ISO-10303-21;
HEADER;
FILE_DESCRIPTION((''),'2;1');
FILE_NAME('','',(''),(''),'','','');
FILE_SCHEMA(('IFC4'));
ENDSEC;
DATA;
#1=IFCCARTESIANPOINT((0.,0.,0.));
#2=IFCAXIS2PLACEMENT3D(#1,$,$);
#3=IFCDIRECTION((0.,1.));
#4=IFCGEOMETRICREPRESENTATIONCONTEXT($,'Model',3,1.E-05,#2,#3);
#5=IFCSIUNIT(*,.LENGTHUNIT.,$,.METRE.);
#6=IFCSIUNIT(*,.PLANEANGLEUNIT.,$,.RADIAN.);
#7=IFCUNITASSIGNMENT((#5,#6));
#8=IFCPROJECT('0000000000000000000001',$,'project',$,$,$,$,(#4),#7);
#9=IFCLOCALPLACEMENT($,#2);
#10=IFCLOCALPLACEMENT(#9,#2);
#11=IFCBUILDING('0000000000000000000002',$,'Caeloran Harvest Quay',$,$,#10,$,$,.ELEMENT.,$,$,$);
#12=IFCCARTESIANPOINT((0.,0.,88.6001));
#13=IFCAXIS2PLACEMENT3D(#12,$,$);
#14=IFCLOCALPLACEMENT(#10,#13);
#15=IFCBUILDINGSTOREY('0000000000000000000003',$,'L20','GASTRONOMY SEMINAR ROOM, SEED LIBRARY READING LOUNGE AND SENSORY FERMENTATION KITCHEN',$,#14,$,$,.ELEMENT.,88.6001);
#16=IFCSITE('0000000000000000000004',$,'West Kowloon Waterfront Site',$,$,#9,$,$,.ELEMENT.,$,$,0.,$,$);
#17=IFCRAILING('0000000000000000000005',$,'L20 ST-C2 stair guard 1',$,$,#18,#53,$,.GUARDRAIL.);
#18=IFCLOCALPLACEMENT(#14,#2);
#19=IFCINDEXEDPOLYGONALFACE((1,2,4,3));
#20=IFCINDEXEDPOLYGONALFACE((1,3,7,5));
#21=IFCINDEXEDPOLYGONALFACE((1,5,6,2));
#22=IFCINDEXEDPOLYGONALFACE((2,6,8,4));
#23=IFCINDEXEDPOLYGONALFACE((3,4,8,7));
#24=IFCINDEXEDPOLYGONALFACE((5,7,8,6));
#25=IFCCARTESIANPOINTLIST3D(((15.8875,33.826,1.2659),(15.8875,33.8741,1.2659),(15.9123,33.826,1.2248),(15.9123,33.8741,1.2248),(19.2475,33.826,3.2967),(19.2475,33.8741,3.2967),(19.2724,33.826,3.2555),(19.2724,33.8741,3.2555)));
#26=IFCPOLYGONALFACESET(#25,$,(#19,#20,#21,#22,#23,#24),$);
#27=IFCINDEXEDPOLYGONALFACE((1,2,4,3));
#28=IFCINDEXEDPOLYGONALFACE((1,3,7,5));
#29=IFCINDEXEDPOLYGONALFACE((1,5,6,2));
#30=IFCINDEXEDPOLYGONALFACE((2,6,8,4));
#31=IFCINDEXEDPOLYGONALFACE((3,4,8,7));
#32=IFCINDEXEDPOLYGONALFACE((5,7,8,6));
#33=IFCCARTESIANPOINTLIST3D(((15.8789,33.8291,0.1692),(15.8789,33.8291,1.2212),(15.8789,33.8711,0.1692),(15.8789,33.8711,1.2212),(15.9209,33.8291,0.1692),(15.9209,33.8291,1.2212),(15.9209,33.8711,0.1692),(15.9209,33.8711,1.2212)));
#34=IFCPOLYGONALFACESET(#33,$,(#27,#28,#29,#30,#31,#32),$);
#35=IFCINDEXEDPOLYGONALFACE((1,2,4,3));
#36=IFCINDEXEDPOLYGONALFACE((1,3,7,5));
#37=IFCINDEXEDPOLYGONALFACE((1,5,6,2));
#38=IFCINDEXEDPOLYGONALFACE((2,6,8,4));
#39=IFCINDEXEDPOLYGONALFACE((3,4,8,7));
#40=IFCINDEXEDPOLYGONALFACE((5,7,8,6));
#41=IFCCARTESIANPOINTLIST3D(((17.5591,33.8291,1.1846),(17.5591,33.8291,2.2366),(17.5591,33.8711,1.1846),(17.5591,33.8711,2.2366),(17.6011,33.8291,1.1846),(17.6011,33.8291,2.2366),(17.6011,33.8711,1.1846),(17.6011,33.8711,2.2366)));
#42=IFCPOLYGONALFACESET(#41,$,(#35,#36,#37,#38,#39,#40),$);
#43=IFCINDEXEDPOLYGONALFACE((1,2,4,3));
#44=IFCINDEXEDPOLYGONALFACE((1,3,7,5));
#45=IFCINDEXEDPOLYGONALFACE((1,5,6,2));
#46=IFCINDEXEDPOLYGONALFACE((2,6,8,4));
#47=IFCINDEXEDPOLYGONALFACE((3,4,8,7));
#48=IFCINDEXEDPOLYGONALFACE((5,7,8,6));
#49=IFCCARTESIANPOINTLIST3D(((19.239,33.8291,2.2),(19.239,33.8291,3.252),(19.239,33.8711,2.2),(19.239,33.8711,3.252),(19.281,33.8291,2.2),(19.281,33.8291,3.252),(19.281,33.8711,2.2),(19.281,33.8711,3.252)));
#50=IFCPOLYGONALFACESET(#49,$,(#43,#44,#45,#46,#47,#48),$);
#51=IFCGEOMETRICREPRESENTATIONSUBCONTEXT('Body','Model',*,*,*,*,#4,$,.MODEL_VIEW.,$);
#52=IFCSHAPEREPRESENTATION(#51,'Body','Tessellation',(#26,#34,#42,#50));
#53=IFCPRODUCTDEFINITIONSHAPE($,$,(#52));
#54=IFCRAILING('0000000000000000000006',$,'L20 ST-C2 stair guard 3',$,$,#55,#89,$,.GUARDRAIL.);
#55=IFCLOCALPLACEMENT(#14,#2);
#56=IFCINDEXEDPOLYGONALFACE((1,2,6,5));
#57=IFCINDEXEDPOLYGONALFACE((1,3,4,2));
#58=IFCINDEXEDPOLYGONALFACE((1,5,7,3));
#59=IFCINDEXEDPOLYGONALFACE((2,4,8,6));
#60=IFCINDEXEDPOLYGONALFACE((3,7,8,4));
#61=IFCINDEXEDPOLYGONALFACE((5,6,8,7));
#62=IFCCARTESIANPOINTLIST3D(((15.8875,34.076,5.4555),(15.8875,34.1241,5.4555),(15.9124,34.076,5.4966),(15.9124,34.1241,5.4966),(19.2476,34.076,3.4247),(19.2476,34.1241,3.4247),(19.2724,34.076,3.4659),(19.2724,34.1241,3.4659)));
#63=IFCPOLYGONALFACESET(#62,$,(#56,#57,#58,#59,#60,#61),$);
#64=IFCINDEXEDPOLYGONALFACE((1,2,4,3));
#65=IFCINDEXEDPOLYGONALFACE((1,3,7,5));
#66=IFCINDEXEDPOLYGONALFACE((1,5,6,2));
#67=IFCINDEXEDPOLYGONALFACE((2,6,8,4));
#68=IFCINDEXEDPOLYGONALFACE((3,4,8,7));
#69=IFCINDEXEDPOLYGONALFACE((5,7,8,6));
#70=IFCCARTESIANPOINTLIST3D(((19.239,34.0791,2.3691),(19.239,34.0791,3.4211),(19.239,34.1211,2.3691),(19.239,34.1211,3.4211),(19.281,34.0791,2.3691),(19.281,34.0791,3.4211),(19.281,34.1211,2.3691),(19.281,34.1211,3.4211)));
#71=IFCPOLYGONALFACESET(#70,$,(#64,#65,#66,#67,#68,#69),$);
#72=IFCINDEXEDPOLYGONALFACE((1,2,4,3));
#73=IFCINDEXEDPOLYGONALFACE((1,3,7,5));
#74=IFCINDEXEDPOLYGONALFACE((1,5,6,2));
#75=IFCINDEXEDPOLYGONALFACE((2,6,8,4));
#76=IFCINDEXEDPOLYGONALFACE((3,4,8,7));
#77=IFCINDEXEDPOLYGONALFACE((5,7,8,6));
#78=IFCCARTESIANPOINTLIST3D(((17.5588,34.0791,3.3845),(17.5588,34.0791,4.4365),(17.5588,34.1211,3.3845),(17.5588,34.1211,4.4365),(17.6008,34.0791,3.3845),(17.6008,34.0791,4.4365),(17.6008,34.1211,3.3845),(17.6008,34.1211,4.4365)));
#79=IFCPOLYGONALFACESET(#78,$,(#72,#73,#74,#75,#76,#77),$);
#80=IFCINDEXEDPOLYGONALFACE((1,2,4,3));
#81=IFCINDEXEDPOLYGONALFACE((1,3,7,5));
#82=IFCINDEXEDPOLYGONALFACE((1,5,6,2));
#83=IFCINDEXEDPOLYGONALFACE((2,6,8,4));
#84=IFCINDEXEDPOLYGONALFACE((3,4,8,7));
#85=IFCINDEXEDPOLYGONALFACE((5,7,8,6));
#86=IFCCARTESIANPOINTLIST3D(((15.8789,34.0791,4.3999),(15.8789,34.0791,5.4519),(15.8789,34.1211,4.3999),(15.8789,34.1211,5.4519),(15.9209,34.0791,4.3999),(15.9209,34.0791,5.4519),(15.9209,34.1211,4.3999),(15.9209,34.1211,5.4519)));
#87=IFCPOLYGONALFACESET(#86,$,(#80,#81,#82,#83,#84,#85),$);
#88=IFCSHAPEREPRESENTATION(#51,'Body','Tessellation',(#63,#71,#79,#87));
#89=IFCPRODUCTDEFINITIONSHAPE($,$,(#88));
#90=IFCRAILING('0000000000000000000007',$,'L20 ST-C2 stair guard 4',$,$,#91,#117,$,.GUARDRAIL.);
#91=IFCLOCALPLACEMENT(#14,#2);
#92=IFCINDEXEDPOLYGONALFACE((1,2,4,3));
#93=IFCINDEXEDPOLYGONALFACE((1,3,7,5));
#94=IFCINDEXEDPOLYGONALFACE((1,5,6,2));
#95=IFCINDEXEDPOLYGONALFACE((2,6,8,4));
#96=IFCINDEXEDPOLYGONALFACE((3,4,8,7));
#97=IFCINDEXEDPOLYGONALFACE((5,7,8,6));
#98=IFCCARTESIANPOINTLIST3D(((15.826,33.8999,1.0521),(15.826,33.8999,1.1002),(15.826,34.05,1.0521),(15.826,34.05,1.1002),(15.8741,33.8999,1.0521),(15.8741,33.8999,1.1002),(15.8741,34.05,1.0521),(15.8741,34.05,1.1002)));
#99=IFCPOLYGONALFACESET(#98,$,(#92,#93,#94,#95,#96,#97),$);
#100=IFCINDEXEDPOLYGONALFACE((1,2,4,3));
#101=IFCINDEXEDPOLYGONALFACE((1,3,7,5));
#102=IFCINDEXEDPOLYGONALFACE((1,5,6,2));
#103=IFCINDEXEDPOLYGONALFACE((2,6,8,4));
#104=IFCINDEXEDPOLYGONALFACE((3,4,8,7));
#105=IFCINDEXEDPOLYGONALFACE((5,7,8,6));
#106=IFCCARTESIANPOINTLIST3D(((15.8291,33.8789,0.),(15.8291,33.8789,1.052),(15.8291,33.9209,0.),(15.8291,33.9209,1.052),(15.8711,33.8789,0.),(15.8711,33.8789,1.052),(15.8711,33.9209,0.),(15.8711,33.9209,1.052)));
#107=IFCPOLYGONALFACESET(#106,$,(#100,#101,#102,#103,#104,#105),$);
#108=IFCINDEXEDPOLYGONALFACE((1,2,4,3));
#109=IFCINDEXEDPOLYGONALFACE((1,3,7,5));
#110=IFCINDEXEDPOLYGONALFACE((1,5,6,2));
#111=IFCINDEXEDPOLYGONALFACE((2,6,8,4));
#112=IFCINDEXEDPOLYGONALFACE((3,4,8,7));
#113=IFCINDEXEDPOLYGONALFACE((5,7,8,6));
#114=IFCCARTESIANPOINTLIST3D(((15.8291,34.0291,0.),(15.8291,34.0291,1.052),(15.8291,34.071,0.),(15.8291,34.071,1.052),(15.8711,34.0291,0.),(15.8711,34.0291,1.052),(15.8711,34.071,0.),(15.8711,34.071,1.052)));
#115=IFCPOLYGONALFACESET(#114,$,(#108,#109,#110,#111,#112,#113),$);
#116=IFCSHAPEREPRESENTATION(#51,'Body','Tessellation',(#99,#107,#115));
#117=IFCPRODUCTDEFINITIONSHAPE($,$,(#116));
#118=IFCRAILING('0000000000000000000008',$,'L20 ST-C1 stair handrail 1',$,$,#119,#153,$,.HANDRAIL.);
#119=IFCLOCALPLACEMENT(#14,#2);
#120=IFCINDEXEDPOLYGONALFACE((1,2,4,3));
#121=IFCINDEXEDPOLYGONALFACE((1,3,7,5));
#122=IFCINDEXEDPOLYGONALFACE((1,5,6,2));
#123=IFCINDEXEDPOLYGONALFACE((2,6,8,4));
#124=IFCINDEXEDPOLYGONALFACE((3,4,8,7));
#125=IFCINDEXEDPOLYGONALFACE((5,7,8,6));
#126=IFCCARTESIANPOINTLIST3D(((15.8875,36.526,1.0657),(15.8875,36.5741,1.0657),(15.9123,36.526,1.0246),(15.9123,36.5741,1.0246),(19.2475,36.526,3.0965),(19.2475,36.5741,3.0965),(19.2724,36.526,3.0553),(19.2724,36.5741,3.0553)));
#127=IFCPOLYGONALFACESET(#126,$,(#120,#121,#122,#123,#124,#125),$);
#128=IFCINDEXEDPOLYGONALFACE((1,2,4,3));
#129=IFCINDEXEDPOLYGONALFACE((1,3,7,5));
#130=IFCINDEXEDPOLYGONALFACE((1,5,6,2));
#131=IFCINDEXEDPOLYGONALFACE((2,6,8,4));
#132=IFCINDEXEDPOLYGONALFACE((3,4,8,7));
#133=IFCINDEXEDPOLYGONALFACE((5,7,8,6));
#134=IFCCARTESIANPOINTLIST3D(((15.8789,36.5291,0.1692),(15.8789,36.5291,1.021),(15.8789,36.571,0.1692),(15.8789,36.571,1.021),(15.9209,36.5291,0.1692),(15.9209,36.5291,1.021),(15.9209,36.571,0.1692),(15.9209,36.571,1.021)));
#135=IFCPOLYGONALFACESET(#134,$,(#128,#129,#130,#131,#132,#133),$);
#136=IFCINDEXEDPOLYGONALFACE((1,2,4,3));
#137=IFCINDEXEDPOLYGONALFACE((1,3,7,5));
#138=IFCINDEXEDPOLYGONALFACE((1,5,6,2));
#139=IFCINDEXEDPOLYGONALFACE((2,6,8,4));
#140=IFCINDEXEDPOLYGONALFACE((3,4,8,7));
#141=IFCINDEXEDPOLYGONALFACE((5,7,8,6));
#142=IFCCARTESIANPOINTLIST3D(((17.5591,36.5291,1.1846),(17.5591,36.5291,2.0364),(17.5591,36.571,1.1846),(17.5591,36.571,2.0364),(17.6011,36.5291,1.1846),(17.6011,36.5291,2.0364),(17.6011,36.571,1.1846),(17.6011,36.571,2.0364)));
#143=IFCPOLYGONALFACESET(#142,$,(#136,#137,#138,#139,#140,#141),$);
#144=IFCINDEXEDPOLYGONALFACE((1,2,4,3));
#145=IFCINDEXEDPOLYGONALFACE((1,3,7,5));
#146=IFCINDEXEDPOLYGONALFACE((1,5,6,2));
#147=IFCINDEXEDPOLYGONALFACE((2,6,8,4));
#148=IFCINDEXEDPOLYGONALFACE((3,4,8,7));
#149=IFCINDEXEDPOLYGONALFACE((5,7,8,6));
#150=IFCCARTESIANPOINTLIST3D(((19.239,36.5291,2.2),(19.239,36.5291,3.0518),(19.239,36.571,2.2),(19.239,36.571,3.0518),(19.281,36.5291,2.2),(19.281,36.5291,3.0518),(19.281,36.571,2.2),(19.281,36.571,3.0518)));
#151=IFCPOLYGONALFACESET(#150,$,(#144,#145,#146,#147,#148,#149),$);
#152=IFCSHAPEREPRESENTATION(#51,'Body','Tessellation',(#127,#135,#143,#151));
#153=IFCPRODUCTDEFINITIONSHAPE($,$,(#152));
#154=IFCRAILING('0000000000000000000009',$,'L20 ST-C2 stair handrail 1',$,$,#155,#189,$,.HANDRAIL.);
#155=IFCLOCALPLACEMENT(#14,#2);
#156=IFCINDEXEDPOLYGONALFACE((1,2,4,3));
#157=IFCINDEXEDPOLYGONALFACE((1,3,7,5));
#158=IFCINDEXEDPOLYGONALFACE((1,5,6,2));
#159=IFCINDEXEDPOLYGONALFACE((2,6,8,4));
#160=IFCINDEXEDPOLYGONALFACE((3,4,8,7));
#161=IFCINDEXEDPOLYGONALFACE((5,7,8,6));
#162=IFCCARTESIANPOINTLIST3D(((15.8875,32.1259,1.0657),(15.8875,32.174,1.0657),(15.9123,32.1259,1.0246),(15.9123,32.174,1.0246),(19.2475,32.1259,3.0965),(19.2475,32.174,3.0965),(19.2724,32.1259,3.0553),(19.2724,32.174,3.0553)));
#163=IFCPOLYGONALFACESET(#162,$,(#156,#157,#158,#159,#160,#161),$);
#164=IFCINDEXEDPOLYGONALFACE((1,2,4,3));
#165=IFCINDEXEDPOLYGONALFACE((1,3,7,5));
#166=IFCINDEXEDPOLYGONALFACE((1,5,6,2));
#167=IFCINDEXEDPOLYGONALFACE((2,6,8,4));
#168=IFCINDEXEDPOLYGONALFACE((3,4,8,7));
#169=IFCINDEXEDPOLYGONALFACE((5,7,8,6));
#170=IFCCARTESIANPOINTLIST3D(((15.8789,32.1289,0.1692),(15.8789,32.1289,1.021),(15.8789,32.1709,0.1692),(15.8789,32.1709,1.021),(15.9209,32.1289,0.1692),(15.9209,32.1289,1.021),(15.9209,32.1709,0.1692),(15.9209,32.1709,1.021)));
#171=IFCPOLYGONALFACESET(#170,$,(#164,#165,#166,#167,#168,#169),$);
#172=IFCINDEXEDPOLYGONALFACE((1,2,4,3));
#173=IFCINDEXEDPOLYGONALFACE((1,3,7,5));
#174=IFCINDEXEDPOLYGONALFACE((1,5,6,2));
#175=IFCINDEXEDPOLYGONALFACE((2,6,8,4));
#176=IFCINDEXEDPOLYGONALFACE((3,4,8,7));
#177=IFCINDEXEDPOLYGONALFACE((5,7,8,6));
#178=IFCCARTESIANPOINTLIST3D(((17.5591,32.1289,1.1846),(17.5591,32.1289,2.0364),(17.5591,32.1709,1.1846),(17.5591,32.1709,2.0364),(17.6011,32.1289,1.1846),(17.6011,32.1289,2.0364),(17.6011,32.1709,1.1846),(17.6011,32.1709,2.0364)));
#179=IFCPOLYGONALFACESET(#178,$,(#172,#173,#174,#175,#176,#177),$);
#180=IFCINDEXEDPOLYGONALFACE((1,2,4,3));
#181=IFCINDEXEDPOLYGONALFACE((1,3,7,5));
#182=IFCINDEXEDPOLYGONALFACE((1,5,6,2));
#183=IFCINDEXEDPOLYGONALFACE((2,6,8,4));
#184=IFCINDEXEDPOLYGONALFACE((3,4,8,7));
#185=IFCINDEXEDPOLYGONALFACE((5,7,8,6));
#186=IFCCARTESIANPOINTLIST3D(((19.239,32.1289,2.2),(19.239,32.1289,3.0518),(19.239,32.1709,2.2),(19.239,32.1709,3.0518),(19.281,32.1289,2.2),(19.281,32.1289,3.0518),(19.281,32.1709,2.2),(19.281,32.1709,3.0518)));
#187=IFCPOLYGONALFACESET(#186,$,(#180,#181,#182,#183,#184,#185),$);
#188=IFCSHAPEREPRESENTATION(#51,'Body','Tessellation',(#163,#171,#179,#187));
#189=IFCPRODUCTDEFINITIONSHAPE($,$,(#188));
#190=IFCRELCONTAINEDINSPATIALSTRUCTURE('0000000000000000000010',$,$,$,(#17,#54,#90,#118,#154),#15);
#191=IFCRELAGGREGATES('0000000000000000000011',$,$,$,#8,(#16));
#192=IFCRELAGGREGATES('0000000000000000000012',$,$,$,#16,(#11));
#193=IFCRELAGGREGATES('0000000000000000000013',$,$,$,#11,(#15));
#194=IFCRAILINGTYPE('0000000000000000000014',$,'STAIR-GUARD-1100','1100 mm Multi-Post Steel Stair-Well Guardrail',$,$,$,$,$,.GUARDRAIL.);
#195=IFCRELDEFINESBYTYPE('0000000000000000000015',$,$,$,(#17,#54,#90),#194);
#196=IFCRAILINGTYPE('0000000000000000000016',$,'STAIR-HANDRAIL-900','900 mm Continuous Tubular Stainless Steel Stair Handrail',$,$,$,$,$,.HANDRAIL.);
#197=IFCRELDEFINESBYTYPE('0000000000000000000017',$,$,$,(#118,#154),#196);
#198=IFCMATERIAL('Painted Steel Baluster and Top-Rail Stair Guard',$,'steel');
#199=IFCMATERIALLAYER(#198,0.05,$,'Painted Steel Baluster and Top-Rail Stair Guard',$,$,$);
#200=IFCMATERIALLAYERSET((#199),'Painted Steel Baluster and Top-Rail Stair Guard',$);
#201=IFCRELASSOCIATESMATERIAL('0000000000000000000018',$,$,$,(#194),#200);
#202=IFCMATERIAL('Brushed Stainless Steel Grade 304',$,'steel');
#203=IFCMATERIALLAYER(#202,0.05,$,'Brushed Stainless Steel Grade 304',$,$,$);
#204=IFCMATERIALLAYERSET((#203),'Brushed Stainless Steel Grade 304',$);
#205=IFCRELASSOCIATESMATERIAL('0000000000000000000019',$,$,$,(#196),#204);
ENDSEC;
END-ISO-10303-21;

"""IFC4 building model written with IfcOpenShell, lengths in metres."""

from ifc_helpers import new_model, si_unit, direction, frame, origin, origin_2d, place, context, subcontext, project, spatial, rectangle, extrude, material, layer, layer_set, type_object, element, save


model = new_model("IFC4")

# Units and contexts
model_context = context("Model", 3, precision=1e-05, world=origin(), true_north=direction((0.0, 1.0)))
body_context = subcontext(model_context, "Body", "Model", "MODEL_VIEW")
ifc_project = project(units=[si_unit("LENGTHUNIT", "METRE"), si_unit("PLANEANGLEUNIT", "RADIAN")], contexts=[model_context])

# Site, building, storey
site_placement = place(None, origin())
site = spatial("IfcSite", under=ifc_project, at=site_placement, Name="West Kowloon Waterfront Site", CompositionType="ELEMENT", RefElevation=0.0)
building_placement = place(site_placement, origin())
building = spatial("IfcBuilding", under=site, at=building_placement, Name="Caeloran Harvest Quay", CompositionType="ELEMENT")
storey_placement = place(building_placement, frame((0.0, 0.0, 88.6001)))
storey = spatial("IfcBuildingStorey", under=building, at=storey_placement, Name="L20", Description="GASTRONOMY SEMINAR ROOM, SEED LIBRARY READING LOUNGE AND SENSORY FERMENTATION KITCHEN", CompositionType="ELEMENT", Elevation=88.6001)

# Railings
ifc_material_1 = material(Name="Painted Steel Baluster and Top-Rail Stair Guard", Category="steel")
ifc_layer_1 = layer(ifc_material_1, 0.05, Name="Painted Steel Baluster and Top-Rail Stair Guard")
ifc_layer_set_1 = layer_set([ifc_layer_1], Name="Painted Steel Baluster and Top-Rail Stair Guard")
railing_type_1 = type_object("IfcRailingType", Name="STAIR-GUARD-1100", Description="1100 mm Multi-Post Steel Stair-Well Guardrail", PredefinedType="GUARDRAIL", material=ifc_layer_set_1)
railing_1_placement = place(storey_placement, frame((15.8999, 33.8501, 0.1692)))
element("IfcRailing", 1, at=railing_1_placement, inside=storey, type_object=railing_type_1, Name="L20 ST-C2 stair guard 1", PredefinedType="GUARDRAIL", context=body_context, shape_type="SweptSolid", body=[
    extrude(rectangle(XDim=0.0481, YDim=0.0481, at=origin_2d()), frame((0.0, 0.0, 1.0762), z_axis=(0.855837, 0.0, 0.517246), x_axis=(0.0, 1.0, 0.0)), (0.0, 0.0, 1.0), 3.926),
    extrude(rectangle(XDim=0.042, YDim=0.042, at=origin_2d()), origin(), (0.0, 0.0, 1.0), 1.052),
    extrude(rectangle(XDim=0.042, YDim=0.042, at=origin_2d()), frame((1.6802, 0.0, 1.0154)), (0.0, 0.0, 1.0), 1.052),
    extrude(rectangle(XDim=0.042, YDim=0.042, at=origin_2d()), frame((3.3601, 0.0, 2.0308)), (0.0, 0.0, 1.0), 1.052),
])
railing_2_placement = place(storey_placement, frame((19.26, 34.1001, 2.3691)))
element("IfcRailing", 2, at=railing_2_placement, inside=storey, type_object=railing_type_1, Name="L20 ST-C2 stair guard 3", PredefinedType="GUARDRAIL", context=body_context, shape_type="SweptSolid", body=[
    extrude(rectangle(XDim=0.0481, YDim=0.0481, at=origin_2d()), frame((0.0, 0.0, 1.0762), z_axis=(-0.855837, 0.0, 0.517246), x_axis=(0.0, -1.0, 0.0)), (0.0, 0.0, 1.0), 3.926),
    extrude(rectangle(XDim=0.042, YDim=0.042, at=origin_2d()), origin(), (0.0, 0.0, 1.0), 1.052),
    extrude(rectangle(XDim=0.042, YDim=0.042, at=origin_2d()), frame((-1.6802, 0.0, 1.0154)), (0.0, 0.0, 1.0), 1.052),
    extrude(rectangle(XDim=0.042, YDim=0.042, at=origin_2d()), frame((-3.3601, 0.0, 2.0308)), (0.0, 0.0, 1.0), 1.052),
])
railing_3_placement = place(storey_placement, frame((15.8501, 33.8999, 0.0)))
element("IfcRailing", 3, at=railing_3_placement, inside=storey, type_object=railing_type_1, Name="L20 ST-C2 stair guard 4", PredefinedType="GUARDRAIL", context=body_context, shape_type="SweptSolid", body=[
    extrude(rectangle(XDim=0.0481, YDim=0.0481, at=origin_2d()), frame((0.0, 0.0, 1.0762), z_axis=(0.0, 1.0, 0.0), x_axis=(-1.0, 0.0, 0.0)), (0.0, 0.0, 1.0), 0.1501),
    extrude(rectangle(XDim=0.042, YDim=0.042, at=origin_2d()), origin(), (0.0, 0.0, 1.0), 1.052),
    extrude(rectangle(XDim=0.042, YDim=0.042, at=origin_2d()), frame((0.0, 0.1501, 0.0)), (0.0, 0.0, 1.0), 1.052),
])
ifc_material_2 = material(Name="Brushed Stainless Steel Grade 304", Category="steel")
ifc_layer_2 = layer(ifc_material_2, 0.05, Name="Brushed Stainless Steel Grade 304")
ifc_layer_set_2 = layer_set([ifc_layer_2], Name="Brushed Stainless Steel Grade 304")
railing_type_2 = type_object("IfcRailingType", Name="STAIR-HANDRAIL-900", Description="900 mm Continuous Tubular Stainless Steel Stair Handrail", PredefinedType="HANDRAIL", material=ifc_layer_set_2)
for number, where, name in (
    (4, (15.8999, 36.55, 0.1692), "L20 ST-C1 stair handrail 1"),
    (5, (15.8999, 32.1499, 0.1692), "L20 ST-C2 stair handrail 1"),
):
    element("IfcRailing", number, at=place(storey_placement, frame(where)), inside=storey, type_object=railing_type_2, Name=name, PredefinedType="HANDRAIL", context=body_context, shape_type="SweptSolid", body=[
        extrude(rectangle(XDim=0.0481, YDim=0.0481, at=origin_2d()), frame((0.0, 0.0, 0.876), z_axis=(0.855837, 0.0, 0.517246), x_axis=(0.0, 1.0, 0.0)), (0.0, 0.0, 1.0), 3.926),
        extrude(rectangle(XDim=0.042, YDim=0.042, at=origin_2d()), origin(), (0.0, 0.0, 1.0), 0.8518),
        extrude(rectangle(XDim=0.042, YDim=0.042, at=origin_2d()), frame((1.6802, 0.0, 1.0154)), (0.0, 0.0, 1.0), 0.8518),
        extrude(rectangle(XDim=0.042, YDim=0.042, at=origin_2d()), frame((3.3601, 0.0, 2.0308)), (0.0, 0.0, 1.0), 0.8518),
    ])

save(model, "model.ifc")
